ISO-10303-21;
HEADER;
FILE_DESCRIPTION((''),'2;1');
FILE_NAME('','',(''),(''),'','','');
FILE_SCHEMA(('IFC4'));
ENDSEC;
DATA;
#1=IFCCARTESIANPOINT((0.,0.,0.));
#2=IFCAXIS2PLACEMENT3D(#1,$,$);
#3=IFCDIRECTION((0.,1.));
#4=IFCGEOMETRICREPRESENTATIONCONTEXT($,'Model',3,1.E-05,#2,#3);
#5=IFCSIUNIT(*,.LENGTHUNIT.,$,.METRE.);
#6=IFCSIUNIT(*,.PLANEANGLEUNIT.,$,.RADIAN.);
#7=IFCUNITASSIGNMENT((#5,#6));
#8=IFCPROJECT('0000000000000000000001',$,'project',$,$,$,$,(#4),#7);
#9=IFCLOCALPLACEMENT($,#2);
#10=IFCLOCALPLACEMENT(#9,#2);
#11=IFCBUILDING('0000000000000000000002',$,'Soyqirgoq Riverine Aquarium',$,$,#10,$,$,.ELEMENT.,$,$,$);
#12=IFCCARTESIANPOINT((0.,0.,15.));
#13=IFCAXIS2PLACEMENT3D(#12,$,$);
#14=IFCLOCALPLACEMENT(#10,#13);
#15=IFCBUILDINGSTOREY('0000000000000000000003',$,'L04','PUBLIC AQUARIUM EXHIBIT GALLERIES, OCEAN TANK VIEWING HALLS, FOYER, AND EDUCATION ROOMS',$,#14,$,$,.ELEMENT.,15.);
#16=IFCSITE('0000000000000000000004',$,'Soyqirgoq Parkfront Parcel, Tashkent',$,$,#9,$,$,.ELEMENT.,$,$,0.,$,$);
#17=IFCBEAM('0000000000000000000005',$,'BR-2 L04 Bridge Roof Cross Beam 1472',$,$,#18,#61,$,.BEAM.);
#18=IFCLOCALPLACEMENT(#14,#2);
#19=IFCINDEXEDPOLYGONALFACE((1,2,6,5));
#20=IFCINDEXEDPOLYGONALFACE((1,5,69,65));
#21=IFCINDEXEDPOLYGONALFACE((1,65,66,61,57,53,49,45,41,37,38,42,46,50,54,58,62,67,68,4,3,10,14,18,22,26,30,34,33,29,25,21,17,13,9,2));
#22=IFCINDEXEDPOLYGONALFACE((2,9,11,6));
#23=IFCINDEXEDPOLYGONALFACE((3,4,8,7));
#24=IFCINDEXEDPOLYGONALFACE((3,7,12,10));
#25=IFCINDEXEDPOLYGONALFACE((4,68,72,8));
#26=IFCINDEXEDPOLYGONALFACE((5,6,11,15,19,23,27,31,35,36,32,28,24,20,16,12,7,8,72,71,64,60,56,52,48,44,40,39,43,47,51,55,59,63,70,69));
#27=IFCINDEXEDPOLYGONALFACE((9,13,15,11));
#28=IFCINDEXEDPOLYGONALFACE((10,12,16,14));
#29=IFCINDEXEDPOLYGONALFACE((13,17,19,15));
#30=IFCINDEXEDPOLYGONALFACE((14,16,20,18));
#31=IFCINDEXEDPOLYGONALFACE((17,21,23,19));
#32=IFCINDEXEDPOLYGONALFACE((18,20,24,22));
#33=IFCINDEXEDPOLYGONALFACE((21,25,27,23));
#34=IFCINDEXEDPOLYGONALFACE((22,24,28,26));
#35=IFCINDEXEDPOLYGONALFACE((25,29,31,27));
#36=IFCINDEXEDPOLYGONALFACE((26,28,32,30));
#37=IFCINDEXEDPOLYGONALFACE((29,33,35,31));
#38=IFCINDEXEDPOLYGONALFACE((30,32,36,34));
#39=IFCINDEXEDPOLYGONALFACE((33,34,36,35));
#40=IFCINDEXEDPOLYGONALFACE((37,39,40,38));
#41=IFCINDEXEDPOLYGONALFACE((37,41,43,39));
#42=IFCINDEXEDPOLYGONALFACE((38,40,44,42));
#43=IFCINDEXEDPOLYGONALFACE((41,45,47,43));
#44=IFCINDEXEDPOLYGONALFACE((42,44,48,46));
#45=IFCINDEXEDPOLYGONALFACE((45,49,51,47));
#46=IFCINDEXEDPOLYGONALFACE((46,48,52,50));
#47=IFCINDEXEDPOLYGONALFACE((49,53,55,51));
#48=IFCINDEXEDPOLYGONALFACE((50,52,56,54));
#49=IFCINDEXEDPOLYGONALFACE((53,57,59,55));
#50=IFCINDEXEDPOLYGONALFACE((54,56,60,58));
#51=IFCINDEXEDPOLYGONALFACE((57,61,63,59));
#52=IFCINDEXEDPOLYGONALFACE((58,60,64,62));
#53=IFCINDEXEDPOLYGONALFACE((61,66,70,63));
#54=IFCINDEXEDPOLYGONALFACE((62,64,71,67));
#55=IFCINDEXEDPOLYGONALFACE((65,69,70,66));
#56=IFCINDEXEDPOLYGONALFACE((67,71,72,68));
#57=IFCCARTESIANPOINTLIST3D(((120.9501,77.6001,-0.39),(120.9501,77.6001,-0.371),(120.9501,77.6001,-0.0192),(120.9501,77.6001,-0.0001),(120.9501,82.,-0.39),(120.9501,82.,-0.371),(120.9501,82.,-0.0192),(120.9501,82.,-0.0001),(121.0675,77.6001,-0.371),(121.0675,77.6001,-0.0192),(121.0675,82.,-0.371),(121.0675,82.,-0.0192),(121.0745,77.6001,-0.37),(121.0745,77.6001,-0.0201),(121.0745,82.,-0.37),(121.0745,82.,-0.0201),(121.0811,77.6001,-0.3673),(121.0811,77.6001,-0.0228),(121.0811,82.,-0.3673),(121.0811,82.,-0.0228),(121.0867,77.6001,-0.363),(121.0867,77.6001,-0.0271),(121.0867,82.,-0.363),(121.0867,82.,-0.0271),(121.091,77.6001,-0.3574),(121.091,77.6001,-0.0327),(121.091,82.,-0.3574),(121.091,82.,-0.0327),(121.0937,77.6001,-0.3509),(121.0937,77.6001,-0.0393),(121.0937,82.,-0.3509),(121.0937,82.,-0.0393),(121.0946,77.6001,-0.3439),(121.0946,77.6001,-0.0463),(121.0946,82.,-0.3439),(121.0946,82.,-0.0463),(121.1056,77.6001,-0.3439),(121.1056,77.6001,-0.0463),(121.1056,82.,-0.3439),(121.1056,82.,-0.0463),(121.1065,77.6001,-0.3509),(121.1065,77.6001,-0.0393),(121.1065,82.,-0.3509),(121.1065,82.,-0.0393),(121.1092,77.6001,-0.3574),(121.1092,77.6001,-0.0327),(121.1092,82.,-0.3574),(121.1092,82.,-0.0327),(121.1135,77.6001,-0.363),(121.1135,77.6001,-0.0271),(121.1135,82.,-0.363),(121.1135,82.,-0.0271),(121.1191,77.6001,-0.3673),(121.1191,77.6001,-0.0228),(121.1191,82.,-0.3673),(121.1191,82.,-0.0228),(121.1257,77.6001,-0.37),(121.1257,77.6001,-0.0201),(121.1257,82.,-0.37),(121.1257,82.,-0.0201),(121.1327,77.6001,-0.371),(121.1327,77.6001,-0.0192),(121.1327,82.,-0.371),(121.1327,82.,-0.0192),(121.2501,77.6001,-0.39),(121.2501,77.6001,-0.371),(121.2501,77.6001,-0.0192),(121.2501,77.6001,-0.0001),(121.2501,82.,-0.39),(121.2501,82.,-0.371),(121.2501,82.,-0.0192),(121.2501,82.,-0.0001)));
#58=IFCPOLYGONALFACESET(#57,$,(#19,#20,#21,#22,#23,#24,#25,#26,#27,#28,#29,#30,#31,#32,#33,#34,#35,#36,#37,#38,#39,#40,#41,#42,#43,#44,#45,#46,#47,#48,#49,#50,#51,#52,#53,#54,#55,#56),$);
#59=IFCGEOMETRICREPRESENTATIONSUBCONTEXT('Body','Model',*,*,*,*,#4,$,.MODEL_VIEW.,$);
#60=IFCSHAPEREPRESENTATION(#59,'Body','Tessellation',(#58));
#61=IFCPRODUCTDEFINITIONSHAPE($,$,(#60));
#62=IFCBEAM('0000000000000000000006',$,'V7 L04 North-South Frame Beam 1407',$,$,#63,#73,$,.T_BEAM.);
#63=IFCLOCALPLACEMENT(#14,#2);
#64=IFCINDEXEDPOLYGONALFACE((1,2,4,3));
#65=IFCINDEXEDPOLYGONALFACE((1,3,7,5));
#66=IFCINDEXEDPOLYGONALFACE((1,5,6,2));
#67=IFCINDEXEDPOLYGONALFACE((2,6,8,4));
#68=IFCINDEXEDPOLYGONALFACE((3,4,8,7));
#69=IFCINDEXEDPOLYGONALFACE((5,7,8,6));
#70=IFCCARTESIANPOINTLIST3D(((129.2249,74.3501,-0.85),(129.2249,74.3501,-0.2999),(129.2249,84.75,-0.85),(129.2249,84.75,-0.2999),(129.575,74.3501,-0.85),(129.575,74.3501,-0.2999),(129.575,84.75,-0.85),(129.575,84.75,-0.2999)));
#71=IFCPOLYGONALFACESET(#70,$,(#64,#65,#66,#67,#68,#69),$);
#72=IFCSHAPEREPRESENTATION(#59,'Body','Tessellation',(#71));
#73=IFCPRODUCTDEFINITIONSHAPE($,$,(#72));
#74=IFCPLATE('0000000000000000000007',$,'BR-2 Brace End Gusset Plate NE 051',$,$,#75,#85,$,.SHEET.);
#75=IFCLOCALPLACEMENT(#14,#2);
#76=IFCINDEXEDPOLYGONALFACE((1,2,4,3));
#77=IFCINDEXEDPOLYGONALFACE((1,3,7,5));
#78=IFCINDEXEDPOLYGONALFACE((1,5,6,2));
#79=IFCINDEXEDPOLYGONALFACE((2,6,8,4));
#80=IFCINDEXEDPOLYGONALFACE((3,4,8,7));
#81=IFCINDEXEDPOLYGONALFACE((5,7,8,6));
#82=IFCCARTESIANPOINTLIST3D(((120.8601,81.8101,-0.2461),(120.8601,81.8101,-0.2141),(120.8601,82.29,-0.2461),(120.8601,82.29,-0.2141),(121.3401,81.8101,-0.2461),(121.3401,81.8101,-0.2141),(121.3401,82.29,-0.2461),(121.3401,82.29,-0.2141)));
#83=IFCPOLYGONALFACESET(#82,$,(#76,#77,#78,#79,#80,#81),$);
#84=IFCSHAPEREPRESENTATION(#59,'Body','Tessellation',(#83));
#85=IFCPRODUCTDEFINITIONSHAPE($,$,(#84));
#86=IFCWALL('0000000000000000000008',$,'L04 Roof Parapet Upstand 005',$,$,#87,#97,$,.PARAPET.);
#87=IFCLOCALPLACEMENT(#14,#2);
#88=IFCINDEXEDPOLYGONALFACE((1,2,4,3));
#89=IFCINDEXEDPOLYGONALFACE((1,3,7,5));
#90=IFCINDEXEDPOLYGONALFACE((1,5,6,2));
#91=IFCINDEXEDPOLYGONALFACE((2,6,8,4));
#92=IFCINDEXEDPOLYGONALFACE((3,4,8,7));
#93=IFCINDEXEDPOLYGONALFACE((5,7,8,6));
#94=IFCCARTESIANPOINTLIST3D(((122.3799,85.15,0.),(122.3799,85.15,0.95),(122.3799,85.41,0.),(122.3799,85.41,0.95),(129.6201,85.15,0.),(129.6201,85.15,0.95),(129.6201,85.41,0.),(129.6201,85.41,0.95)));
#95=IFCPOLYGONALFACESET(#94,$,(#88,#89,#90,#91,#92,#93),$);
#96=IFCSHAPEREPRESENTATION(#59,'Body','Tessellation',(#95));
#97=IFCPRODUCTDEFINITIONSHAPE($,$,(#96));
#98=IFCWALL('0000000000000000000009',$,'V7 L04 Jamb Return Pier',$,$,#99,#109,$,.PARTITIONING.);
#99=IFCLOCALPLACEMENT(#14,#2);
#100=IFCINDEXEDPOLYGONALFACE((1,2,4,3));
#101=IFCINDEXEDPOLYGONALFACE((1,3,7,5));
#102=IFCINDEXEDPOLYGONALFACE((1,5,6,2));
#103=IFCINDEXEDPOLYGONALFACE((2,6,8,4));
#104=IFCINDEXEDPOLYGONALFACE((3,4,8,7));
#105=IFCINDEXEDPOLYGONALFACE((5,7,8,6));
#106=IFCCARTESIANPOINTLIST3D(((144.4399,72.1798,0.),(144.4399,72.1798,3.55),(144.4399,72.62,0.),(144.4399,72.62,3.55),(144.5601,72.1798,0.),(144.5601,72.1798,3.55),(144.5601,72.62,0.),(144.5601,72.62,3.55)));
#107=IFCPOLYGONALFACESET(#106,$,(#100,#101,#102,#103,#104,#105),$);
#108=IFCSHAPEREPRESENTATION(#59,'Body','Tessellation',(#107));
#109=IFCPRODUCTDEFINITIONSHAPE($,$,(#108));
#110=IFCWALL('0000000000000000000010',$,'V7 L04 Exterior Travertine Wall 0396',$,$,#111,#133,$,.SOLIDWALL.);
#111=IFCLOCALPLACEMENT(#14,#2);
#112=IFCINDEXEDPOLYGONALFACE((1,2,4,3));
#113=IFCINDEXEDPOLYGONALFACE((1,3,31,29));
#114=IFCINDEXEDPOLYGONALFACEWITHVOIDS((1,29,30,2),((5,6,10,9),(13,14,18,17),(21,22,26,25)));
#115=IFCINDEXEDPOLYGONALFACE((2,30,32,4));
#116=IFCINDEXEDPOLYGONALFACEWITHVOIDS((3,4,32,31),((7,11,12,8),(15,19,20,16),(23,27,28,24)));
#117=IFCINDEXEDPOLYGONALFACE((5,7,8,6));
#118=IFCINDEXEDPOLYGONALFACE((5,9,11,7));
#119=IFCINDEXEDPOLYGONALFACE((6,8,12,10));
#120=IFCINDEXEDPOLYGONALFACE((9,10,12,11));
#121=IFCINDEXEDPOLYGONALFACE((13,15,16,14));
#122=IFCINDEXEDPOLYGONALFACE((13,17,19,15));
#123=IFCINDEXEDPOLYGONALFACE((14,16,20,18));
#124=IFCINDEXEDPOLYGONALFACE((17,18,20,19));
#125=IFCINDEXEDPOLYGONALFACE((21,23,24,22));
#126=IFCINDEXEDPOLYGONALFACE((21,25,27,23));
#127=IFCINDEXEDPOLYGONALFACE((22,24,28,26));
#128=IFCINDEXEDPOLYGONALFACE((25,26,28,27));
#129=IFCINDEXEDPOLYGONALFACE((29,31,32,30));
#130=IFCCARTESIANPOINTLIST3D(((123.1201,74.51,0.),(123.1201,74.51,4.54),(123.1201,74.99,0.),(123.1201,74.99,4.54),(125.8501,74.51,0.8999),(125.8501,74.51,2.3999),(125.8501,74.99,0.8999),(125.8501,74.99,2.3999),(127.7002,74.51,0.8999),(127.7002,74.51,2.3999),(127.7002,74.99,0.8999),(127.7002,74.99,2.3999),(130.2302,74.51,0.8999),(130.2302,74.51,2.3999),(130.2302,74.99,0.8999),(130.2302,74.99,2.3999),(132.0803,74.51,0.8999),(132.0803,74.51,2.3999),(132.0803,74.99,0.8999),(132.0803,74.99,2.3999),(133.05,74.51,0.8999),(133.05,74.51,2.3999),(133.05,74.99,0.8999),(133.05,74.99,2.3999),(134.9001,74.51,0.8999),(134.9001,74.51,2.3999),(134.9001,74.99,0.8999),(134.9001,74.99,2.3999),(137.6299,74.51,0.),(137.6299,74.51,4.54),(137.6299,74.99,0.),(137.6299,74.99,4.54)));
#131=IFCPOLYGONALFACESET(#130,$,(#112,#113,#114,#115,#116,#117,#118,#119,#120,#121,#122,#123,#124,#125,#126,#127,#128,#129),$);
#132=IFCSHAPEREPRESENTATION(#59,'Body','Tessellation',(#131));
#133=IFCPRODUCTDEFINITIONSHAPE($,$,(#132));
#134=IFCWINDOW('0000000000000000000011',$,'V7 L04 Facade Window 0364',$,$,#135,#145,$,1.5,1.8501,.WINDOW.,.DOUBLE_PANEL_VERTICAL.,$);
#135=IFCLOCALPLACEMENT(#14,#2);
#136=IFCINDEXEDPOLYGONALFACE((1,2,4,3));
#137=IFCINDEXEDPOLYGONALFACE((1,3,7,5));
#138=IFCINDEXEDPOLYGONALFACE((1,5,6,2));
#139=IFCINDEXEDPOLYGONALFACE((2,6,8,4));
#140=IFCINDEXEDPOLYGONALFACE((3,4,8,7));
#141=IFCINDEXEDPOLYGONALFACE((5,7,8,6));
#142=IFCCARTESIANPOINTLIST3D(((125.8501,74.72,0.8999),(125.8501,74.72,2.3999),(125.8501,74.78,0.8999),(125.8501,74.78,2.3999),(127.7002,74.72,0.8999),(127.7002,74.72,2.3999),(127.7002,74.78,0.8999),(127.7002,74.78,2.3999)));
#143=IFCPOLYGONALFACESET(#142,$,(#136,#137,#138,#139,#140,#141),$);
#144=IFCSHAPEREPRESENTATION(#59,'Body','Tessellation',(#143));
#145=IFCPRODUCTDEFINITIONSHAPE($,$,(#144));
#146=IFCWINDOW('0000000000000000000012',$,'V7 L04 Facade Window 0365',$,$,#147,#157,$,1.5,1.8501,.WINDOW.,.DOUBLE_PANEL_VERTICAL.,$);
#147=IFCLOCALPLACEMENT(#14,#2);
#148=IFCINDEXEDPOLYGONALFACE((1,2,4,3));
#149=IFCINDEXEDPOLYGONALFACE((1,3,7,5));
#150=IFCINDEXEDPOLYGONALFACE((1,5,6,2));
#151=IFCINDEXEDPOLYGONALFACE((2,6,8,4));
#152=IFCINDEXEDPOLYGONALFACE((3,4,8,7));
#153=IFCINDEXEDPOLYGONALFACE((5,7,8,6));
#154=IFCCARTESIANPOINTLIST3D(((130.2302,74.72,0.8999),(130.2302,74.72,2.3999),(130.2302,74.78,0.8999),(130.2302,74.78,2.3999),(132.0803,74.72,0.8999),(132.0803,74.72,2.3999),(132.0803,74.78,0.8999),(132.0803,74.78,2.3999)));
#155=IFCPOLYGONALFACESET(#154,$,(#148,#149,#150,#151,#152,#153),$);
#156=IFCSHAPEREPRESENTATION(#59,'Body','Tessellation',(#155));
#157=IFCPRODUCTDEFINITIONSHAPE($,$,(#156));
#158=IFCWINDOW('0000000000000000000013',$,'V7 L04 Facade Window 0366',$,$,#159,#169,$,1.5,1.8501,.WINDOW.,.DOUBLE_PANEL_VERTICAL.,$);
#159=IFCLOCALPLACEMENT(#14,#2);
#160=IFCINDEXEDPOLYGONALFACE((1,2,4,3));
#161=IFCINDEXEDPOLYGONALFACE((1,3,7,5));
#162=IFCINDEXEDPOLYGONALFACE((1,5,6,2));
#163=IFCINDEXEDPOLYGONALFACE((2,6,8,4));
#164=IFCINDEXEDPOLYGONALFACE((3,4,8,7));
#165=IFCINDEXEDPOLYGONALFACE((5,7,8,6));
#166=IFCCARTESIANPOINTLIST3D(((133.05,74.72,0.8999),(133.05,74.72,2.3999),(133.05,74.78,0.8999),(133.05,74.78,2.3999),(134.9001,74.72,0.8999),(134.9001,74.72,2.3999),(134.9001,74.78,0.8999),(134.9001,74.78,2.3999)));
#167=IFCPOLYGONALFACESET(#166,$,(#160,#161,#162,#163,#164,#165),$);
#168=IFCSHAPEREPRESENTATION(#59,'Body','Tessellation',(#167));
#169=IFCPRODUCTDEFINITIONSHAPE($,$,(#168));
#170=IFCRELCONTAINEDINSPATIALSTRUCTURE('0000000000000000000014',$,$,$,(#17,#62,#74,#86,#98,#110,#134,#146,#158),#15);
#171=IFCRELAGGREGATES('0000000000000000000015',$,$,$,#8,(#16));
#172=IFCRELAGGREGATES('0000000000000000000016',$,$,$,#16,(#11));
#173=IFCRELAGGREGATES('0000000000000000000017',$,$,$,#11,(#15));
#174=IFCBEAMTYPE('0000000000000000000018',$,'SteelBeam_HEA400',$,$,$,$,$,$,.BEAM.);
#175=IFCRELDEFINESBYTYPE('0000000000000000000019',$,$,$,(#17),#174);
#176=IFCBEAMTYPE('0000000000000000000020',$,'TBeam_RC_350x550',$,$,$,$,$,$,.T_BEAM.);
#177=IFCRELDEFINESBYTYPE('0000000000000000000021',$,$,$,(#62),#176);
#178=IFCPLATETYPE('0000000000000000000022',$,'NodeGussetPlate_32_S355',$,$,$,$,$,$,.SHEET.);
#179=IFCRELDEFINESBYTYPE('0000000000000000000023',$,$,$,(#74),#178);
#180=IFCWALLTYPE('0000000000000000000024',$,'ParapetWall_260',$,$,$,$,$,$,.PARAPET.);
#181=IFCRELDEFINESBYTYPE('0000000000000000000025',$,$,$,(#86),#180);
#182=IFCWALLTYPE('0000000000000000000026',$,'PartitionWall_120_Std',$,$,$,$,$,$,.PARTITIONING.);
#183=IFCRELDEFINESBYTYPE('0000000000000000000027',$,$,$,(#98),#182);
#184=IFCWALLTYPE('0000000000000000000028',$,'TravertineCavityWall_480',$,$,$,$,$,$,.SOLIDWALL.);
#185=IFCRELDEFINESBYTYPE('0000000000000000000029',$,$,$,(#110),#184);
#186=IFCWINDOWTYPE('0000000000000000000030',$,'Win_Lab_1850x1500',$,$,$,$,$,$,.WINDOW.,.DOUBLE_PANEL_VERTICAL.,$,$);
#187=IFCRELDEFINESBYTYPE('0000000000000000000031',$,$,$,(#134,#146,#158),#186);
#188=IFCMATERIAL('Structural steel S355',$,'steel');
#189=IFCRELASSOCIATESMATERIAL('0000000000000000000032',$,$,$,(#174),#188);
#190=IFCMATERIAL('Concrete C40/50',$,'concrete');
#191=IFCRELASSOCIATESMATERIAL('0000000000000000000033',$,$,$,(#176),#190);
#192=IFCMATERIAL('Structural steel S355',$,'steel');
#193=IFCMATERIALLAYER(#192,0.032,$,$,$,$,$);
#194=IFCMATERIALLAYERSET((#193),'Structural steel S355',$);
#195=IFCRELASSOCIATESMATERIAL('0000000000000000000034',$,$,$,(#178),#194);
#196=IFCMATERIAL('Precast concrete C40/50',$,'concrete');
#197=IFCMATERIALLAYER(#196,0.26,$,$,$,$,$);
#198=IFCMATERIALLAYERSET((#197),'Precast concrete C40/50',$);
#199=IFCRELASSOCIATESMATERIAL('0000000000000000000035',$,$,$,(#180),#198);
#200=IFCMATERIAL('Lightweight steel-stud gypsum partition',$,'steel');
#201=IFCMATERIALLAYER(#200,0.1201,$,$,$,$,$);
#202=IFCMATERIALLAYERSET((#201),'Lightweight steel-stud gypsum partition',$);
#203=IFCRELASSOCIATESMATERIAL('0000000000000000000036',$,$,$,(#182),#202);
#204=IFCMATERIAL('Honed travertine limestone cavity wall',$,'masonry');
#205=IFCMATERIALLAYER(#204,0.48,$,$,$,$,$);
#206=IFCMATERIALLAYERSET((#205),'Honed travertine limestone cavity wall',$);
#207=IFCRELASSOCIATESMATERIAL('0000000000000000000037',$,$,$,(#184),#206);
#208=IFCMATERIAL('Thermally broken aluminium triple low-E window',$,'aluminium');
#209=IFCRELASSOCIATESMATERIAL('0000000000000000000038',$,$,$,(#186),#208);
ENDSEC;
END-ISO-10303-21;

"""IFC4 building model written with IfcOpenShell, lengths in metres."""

from ifc_helpers import new_model, si_unit, direction, frame, frame_2d, origin, origin_2d, place, context, subcontext, project, spatial, rectangle, i_section, extrude, material, layer, layer_set, material_profile, profile_set, type_object, element, fill, save


model = new_model("IFC4")

# Units and contexts
model_context = context("Model", 3, precision=1e-05, world=origin(), true_north=direction((0.0, 1.0)))
body_context = subcontext(model_context, "Body", "Model", "MODEL_VIEW")
ifc_project = project(units=[si_unit("LENGTHUNIT", "METRE"), si_unit("PLANEANGLEUNIT", "RADIAN")], contexts=[model_context])

# Site, building, storey
site_placement = place(None, origin())
site = spatial("IfcSite", under=ifc_project, at=site_placement, Name="Soyqirgoq Parkfront Parcel, Tashkent", CompositionType="ELEMENT", RefElevation=0.0)
building_placement = place(site_placement, origin())
building = spatial("IfcBuilding", under=site, at=building_placement, Name="Soyqirgoq Riverine Aquarium", CompositionType="ELEMENT")
storey_placement = place(building_placement, frame((0.0, 0.0, 15.0)))
storey = spatial("IfcBuildingStorey", under=building, at=storey_placement, Name="L04", Description="PUBLIC AQUARIUM EXHIBIT GALLERIES, OCEAN TANK VIEWING HALLS, FOYER, AND EDUCATION ROOMS", CompositionType="ELEMENT", Elevation=15.0)

# Beams
ifc_material_1 = material(Name="Structural steel S355", Category="steel")
ifc_material_profile_1 = material_profile(ifc_material_1, i_section(OverallWidth=0.3, OverallDepth=0.3899, WebThickness=0.011, FlangeThickness=0.019, FilletRadius=0.0271, at=origin_2d()), Name="HEA 400")
ifc_profile_set_1 = profile_set([ifc_material_profile_1], Name="Structural steel S355")
beam_type_1 = type_object("IfcBeamType", Name="SteelBeam_HEA400", PredefinedType="BEAM", material=ifc_profile_set_1)
beam_1_placement = place(storey_placement, frame((121.1001, 77.6001, -0.1951), z_axis=(0.0, 1.0, 0.0), x_axis=(-1.0, 0.0, 0.0)))
element("IfcBeam", 1, at=beam_1_placement, inside=storey, type_object=beam_type_1, Name="BR-2 L04 Bridge Roof Cross Beam 1472", PredefinedType="BEAM", context=body_context, shape_type="SweptSolid", body=[
    extrude(i_section(OverallWidth=0.3, OverallDepth=0.3899, WebThickness=0.011, FlangeThickness=0.019, FilletRadius=0.0271, at=origin_2d()), origin(), (0.0, 0.0, 1.0), 4.3999),
])
ifc_material_2 = material(Name="Concrete C40/50", Category="concrete")
ifc_material_profile_2 = material_profile(ifc_material_2, rectangle(XDim=0.3501, YDim=0.55, at=origin_2d()), Name="RC 350x550")
ifc_profile_set_2 = profile_set([ifc_material_profile_2], Name="Concrete C40/50")
beam_type_2 = type_object("IfcBeamType", Name="TBeam_RC_350x550", PredefinedType="T_BEAM", material=ifc_profile_set_2)
beam_2_placement = place(storey_placement, frame((129.3999, 74.3501, -0.575), z_axis=(0.0, 1.0, 0.0), x_axis=(-1.0, 0.0, 0.0)))
element("IfcBeam", 2, at=beam_2_placement, inside=storey, type_object=beam_type_2, Name="V7 L04 North-South Frame Beam 1407", PredefinedType="T_BEAM", context=body_context, shape_type="SweptSolid", body=[
    extrude(rectangle(XDim=0.3501, YDim=0.55, at=origin_2d()), origin(), (0.0, 0.0, 1.0), 10.3999),
])

# Plate
ifc_material_3 = material(Name="Structural steel S355", Category="steel")
ifc_layer_1 = layer(ifc_material_3, 0.032)
ifc_layer_set_1 = layer_set([ifc_layer_1], Name="Structural steel S355")
plate_type = type_object("IfcPlateType", Name="NodeGussetPlate_32_S355", PredefinedType="SHEET", material=ifc_layer_set_1)
plate_placement = place(storey_placement, frame((121.1001, 82.05, -0.2461), z_axis=(0.0, 0.0, 1.0), x_axis=(1.0, 0.0, 0.0)))
element("IfcPlate", 3, at=plate_placement, inside=storey, type_object=plate_type, Name="BR-2 Brace End Gusset Plate NE 051", PredefinedType="SHEET", context=body_context, shape_type="SweptSolid", body=[
    extrude(rectangle(XDim=0.48, YDim=0.48, at=origin_2d()), origin(), (0.0, 0.0, 1.0), 0.032),
])

# Walls
ifc_material_4 = material(Name="Precast concrete C40/50", Category="concrete")
ifc_layer_2 = layer(ifc_material_4, 0.26)
ifc_layer_set_2 = layer_set([ifc_layer_2], Name="Precast concrete C40/50")
wall_type_1 = type_object("IfcWallType", Name="ParapetWall_260", PredefinedType="PARAPET", material=ifc_layer_set_2)
wall_1_placement = place(storey_placement, frame((122.3799, 85.28, 0.0), z_axis=(0.0, 0.0, 1.0), x_axis=(1.0, 0.0, 0.0)))
element("IfcWall", 4, at=wall_1_placement, inside=storey, type_object=wall_type_1, Name="L04 Roof Parapet Upstand 005", PredefinedType="PARAPET", context=body_context, shape_type="SweptSolid", body=[
    extrude(rectangle(XDim=7.2402, YDim=0.26, at=frame_2d((3.6201, 0.0))), origin(), (0.0, 0.0, 1.0), 0.95),
])
ifc_material_5 = material(Name="Lightweight steel-stud gypsum partition", Category="steel")
ifc_layer_3 = layer(ifc_material_5, 0.1201)
ifc_layer_set_3 = layer_set([ifc_layer_3], Name="Lightweight steel-stud gypsum partition")
wall_type_2 = type_object("IfcWallType", Name="PartitionWall_120_Std", PredefinedType="PARTITIONING", material=ifc_layer_set_3)
wall_2_placement = place(storey_placement, frame((144.5, 72.6201, 0.0), z_axis=(0.0, 0.0, 1.0), x_axis=(0.0, -1.0, 0.0)))
element("IfcWall", 5, at=wall_2_placement, inside=storey, type_object=wall_type_2, Name="V7 L04 Jamb Return Pier", PredefinedType="PARTITIONING", context=body_context, shape_type="SweptSolid", body=[
    extrude(rectangle(XDim=0.4402, YDim=0.1201, at=frame_2d((0.2202, 0.0))), origin(), (0.0, 0.0, 1.0), 3.55),
])

# Wall, openings, windows
ifc_material_6 = material(Name="Honed travertine limestone cavity wall", Category="masonry")
ifc_layer_4 = layer(ifc_material_6, 0.48)
ifc_layer_set_4 = layer_set([ifc_layer_4], Name="Honed travertine limestone cavity wall")
wall_type_3 = type_object("IfcWallType", Name="TravertineCavityWall_480", PredefinedType="SOLIDWALL", material=ifc_layer_set_4)
wall_3_placement = place(storey_placement, frame((123.1201, 74.75, 0.0), z_axis=(0.0, 0.0, 1.0), x_axis=(1.0, 0.0, 0.0)))
wall_3 = element("IfcWall", 6, at=wall_3_placement, inside=storey, type_object=wall_type_3, Name="V7 L04 Exterior Travertine Wall 0396", PredefinedType="SOLIDWALL", context=body_context, shape_type="SweptSolid", body=[
    extrude(rectangle(XDim=14.5098, YDim=0.48, at=frame_2d((7.2549, 0.0))), origin(), (0.0, 0.0, 1.0), 4.54),
])
opening_1_placement = place(wall_3_placement, frame((2.73, 0.0, 0.8999)))
opening_1 = element("IfcOpeningElement", 7, at=opening_1_placement, cuts=wall_3, PredefinedType="OPENING", context=body_context, shape_type="SweptSolid", body=[
    extrude(rectangle(XDim=1.8501, YDim=1.5, at=frame_2d((0.925, 0.75))), frame((0.0, 0.25, 0.0), z_axis=(0.0, -1.0, 0.0), x_axis=(1.0, 0.0, 0.0)), (0.0, 0.0, 1.0), 0.5),
])
opening_2_placement = place(wall_3_placement, frame((7.1101, 0.0, 0.8999)))
opening_2 = element("IfcOpeningElement", 8, at=opening_2_placement, cuts=wall_3, PredefinedType="OPENING", context=body_context, shape_type="SweptSolid", body=[
    extrude(rectangle(XDim=1.8501, YDim=1.5, at=frame_2d((0.925, 0.75))), frame((0.0, 0.25, 0.0), z_axis=(0.0, -1.0, 0.0), x_axis=(1.0, 0.0, 0.0)), (0.0, 0.0, 1.0), 0.5),
])
opening_3_placement = place(wall_3_placement, frame((9.9299, 0.0, 0.8999)))
opening_3 = element("IfcOpeningElement", 9, at=opening_3_placement, cuts=wall_3, PredefinedType="OPENING", context=body_context, shape_type="SweptSolid", body=[
    extrude(rectangle(XDim=1.8501, YDim=1.5, at=frame_2d((0.925, 0.75))), frame((0.0, 0.25, 0.0), z_axis=(0.0, -1.0, 0.0), x_axis=(1.0, 0.0, 0.0)), (0.0, 0.0, 1.0), 0.5),
])
ifc_material_7 = material(Name="Thermally broken aluminium triple low-E window", Category="aluminium")
window_type = type_object("IfcWindowType", Name="Win_Lab_1850x1500", PartitioningType="DOUBLE_PANEL_VERTICAL", PredefinedType="WINDOW", material=ifc_material_7)
window_1_placement = place(opening_1_placement, origin())
window_1 = element("IfcWindow", 10, at=window_1_placement, inside=storey, type_object=window_type, Name="V7 L04 Facade Window 0364", OverallHeight=1.5, OverallWidth=1.8501, PartitioningType="DOUBLE_PANEL_VERTICAL", PredefinedType="WINDOW", context=body_context, shape_type="SweptSolid", body=[
    extrude(rectangle(XDim=1.8501, YDim=1.5, at=frame_2d((0.925, 0.75))), frame((0.0, 0.03, 0.0), z_axis=(0.0, -1.0, 0.0), x_axis=(1.0, 0.0, 0.0)), (0.0, 0.0, 1.0), 0.0601),
])
fill(opening_1, window_1)
window_2_placement = place(opening_2_placement, origin())
window_2 = element("IfcWindow", 11, at=window_2_placement, inside=storey, type_object=window_type, Name="V7 L04 Facade Window 0365", OverallHeight=1.5, OverallWidth=1.8501, PartitioningType="DOUBLE_PANEL_VERTICAL", PredefinedType="WINDOW", context=body_context, shape_type="SweptSolid", body=[
    extrude(rectangle(XDim=1.8501, YDim=1.5, at=frame_2d((0.925, 0.75))), frame((0.0, 0.03, 0.0), z_axis=(0.0, -1.0, 0.0), x_axis=(1.0, 0.0, 0.0)), (0.0, 0.0, 1.0), 0.0601),
])
fill(opening_2, window_2)
window_3_placement = place(opening_3_placement, origin())
window_3 = element("IfcWindow", 12, at=window_3_placement, inside=storey, type_object=window_type, Name="V7 L04 Facade Window 0366", OverallHeight=1.5, OverallWidth=1.8501, PartitioningType="DOUBLE_PANEL_VERTICAL", PredefinedType="WINDOW", context=body_context, shape_type="SweptSolid", body=[
    extrude(rectangle(XDim=1.8501, YDim=1.5, at=frame_2d((0.925, 0.75))), frame((0.0, 0.03, 0.0), z_axis=(0.0, -1.0, 0.0), x_axis=(1.0, 0.0, 0.0)), (0.0, 0.0, 1.0), 0.0601),
])
fill(opening_3, window_3)

save(model, "model.ifc")
